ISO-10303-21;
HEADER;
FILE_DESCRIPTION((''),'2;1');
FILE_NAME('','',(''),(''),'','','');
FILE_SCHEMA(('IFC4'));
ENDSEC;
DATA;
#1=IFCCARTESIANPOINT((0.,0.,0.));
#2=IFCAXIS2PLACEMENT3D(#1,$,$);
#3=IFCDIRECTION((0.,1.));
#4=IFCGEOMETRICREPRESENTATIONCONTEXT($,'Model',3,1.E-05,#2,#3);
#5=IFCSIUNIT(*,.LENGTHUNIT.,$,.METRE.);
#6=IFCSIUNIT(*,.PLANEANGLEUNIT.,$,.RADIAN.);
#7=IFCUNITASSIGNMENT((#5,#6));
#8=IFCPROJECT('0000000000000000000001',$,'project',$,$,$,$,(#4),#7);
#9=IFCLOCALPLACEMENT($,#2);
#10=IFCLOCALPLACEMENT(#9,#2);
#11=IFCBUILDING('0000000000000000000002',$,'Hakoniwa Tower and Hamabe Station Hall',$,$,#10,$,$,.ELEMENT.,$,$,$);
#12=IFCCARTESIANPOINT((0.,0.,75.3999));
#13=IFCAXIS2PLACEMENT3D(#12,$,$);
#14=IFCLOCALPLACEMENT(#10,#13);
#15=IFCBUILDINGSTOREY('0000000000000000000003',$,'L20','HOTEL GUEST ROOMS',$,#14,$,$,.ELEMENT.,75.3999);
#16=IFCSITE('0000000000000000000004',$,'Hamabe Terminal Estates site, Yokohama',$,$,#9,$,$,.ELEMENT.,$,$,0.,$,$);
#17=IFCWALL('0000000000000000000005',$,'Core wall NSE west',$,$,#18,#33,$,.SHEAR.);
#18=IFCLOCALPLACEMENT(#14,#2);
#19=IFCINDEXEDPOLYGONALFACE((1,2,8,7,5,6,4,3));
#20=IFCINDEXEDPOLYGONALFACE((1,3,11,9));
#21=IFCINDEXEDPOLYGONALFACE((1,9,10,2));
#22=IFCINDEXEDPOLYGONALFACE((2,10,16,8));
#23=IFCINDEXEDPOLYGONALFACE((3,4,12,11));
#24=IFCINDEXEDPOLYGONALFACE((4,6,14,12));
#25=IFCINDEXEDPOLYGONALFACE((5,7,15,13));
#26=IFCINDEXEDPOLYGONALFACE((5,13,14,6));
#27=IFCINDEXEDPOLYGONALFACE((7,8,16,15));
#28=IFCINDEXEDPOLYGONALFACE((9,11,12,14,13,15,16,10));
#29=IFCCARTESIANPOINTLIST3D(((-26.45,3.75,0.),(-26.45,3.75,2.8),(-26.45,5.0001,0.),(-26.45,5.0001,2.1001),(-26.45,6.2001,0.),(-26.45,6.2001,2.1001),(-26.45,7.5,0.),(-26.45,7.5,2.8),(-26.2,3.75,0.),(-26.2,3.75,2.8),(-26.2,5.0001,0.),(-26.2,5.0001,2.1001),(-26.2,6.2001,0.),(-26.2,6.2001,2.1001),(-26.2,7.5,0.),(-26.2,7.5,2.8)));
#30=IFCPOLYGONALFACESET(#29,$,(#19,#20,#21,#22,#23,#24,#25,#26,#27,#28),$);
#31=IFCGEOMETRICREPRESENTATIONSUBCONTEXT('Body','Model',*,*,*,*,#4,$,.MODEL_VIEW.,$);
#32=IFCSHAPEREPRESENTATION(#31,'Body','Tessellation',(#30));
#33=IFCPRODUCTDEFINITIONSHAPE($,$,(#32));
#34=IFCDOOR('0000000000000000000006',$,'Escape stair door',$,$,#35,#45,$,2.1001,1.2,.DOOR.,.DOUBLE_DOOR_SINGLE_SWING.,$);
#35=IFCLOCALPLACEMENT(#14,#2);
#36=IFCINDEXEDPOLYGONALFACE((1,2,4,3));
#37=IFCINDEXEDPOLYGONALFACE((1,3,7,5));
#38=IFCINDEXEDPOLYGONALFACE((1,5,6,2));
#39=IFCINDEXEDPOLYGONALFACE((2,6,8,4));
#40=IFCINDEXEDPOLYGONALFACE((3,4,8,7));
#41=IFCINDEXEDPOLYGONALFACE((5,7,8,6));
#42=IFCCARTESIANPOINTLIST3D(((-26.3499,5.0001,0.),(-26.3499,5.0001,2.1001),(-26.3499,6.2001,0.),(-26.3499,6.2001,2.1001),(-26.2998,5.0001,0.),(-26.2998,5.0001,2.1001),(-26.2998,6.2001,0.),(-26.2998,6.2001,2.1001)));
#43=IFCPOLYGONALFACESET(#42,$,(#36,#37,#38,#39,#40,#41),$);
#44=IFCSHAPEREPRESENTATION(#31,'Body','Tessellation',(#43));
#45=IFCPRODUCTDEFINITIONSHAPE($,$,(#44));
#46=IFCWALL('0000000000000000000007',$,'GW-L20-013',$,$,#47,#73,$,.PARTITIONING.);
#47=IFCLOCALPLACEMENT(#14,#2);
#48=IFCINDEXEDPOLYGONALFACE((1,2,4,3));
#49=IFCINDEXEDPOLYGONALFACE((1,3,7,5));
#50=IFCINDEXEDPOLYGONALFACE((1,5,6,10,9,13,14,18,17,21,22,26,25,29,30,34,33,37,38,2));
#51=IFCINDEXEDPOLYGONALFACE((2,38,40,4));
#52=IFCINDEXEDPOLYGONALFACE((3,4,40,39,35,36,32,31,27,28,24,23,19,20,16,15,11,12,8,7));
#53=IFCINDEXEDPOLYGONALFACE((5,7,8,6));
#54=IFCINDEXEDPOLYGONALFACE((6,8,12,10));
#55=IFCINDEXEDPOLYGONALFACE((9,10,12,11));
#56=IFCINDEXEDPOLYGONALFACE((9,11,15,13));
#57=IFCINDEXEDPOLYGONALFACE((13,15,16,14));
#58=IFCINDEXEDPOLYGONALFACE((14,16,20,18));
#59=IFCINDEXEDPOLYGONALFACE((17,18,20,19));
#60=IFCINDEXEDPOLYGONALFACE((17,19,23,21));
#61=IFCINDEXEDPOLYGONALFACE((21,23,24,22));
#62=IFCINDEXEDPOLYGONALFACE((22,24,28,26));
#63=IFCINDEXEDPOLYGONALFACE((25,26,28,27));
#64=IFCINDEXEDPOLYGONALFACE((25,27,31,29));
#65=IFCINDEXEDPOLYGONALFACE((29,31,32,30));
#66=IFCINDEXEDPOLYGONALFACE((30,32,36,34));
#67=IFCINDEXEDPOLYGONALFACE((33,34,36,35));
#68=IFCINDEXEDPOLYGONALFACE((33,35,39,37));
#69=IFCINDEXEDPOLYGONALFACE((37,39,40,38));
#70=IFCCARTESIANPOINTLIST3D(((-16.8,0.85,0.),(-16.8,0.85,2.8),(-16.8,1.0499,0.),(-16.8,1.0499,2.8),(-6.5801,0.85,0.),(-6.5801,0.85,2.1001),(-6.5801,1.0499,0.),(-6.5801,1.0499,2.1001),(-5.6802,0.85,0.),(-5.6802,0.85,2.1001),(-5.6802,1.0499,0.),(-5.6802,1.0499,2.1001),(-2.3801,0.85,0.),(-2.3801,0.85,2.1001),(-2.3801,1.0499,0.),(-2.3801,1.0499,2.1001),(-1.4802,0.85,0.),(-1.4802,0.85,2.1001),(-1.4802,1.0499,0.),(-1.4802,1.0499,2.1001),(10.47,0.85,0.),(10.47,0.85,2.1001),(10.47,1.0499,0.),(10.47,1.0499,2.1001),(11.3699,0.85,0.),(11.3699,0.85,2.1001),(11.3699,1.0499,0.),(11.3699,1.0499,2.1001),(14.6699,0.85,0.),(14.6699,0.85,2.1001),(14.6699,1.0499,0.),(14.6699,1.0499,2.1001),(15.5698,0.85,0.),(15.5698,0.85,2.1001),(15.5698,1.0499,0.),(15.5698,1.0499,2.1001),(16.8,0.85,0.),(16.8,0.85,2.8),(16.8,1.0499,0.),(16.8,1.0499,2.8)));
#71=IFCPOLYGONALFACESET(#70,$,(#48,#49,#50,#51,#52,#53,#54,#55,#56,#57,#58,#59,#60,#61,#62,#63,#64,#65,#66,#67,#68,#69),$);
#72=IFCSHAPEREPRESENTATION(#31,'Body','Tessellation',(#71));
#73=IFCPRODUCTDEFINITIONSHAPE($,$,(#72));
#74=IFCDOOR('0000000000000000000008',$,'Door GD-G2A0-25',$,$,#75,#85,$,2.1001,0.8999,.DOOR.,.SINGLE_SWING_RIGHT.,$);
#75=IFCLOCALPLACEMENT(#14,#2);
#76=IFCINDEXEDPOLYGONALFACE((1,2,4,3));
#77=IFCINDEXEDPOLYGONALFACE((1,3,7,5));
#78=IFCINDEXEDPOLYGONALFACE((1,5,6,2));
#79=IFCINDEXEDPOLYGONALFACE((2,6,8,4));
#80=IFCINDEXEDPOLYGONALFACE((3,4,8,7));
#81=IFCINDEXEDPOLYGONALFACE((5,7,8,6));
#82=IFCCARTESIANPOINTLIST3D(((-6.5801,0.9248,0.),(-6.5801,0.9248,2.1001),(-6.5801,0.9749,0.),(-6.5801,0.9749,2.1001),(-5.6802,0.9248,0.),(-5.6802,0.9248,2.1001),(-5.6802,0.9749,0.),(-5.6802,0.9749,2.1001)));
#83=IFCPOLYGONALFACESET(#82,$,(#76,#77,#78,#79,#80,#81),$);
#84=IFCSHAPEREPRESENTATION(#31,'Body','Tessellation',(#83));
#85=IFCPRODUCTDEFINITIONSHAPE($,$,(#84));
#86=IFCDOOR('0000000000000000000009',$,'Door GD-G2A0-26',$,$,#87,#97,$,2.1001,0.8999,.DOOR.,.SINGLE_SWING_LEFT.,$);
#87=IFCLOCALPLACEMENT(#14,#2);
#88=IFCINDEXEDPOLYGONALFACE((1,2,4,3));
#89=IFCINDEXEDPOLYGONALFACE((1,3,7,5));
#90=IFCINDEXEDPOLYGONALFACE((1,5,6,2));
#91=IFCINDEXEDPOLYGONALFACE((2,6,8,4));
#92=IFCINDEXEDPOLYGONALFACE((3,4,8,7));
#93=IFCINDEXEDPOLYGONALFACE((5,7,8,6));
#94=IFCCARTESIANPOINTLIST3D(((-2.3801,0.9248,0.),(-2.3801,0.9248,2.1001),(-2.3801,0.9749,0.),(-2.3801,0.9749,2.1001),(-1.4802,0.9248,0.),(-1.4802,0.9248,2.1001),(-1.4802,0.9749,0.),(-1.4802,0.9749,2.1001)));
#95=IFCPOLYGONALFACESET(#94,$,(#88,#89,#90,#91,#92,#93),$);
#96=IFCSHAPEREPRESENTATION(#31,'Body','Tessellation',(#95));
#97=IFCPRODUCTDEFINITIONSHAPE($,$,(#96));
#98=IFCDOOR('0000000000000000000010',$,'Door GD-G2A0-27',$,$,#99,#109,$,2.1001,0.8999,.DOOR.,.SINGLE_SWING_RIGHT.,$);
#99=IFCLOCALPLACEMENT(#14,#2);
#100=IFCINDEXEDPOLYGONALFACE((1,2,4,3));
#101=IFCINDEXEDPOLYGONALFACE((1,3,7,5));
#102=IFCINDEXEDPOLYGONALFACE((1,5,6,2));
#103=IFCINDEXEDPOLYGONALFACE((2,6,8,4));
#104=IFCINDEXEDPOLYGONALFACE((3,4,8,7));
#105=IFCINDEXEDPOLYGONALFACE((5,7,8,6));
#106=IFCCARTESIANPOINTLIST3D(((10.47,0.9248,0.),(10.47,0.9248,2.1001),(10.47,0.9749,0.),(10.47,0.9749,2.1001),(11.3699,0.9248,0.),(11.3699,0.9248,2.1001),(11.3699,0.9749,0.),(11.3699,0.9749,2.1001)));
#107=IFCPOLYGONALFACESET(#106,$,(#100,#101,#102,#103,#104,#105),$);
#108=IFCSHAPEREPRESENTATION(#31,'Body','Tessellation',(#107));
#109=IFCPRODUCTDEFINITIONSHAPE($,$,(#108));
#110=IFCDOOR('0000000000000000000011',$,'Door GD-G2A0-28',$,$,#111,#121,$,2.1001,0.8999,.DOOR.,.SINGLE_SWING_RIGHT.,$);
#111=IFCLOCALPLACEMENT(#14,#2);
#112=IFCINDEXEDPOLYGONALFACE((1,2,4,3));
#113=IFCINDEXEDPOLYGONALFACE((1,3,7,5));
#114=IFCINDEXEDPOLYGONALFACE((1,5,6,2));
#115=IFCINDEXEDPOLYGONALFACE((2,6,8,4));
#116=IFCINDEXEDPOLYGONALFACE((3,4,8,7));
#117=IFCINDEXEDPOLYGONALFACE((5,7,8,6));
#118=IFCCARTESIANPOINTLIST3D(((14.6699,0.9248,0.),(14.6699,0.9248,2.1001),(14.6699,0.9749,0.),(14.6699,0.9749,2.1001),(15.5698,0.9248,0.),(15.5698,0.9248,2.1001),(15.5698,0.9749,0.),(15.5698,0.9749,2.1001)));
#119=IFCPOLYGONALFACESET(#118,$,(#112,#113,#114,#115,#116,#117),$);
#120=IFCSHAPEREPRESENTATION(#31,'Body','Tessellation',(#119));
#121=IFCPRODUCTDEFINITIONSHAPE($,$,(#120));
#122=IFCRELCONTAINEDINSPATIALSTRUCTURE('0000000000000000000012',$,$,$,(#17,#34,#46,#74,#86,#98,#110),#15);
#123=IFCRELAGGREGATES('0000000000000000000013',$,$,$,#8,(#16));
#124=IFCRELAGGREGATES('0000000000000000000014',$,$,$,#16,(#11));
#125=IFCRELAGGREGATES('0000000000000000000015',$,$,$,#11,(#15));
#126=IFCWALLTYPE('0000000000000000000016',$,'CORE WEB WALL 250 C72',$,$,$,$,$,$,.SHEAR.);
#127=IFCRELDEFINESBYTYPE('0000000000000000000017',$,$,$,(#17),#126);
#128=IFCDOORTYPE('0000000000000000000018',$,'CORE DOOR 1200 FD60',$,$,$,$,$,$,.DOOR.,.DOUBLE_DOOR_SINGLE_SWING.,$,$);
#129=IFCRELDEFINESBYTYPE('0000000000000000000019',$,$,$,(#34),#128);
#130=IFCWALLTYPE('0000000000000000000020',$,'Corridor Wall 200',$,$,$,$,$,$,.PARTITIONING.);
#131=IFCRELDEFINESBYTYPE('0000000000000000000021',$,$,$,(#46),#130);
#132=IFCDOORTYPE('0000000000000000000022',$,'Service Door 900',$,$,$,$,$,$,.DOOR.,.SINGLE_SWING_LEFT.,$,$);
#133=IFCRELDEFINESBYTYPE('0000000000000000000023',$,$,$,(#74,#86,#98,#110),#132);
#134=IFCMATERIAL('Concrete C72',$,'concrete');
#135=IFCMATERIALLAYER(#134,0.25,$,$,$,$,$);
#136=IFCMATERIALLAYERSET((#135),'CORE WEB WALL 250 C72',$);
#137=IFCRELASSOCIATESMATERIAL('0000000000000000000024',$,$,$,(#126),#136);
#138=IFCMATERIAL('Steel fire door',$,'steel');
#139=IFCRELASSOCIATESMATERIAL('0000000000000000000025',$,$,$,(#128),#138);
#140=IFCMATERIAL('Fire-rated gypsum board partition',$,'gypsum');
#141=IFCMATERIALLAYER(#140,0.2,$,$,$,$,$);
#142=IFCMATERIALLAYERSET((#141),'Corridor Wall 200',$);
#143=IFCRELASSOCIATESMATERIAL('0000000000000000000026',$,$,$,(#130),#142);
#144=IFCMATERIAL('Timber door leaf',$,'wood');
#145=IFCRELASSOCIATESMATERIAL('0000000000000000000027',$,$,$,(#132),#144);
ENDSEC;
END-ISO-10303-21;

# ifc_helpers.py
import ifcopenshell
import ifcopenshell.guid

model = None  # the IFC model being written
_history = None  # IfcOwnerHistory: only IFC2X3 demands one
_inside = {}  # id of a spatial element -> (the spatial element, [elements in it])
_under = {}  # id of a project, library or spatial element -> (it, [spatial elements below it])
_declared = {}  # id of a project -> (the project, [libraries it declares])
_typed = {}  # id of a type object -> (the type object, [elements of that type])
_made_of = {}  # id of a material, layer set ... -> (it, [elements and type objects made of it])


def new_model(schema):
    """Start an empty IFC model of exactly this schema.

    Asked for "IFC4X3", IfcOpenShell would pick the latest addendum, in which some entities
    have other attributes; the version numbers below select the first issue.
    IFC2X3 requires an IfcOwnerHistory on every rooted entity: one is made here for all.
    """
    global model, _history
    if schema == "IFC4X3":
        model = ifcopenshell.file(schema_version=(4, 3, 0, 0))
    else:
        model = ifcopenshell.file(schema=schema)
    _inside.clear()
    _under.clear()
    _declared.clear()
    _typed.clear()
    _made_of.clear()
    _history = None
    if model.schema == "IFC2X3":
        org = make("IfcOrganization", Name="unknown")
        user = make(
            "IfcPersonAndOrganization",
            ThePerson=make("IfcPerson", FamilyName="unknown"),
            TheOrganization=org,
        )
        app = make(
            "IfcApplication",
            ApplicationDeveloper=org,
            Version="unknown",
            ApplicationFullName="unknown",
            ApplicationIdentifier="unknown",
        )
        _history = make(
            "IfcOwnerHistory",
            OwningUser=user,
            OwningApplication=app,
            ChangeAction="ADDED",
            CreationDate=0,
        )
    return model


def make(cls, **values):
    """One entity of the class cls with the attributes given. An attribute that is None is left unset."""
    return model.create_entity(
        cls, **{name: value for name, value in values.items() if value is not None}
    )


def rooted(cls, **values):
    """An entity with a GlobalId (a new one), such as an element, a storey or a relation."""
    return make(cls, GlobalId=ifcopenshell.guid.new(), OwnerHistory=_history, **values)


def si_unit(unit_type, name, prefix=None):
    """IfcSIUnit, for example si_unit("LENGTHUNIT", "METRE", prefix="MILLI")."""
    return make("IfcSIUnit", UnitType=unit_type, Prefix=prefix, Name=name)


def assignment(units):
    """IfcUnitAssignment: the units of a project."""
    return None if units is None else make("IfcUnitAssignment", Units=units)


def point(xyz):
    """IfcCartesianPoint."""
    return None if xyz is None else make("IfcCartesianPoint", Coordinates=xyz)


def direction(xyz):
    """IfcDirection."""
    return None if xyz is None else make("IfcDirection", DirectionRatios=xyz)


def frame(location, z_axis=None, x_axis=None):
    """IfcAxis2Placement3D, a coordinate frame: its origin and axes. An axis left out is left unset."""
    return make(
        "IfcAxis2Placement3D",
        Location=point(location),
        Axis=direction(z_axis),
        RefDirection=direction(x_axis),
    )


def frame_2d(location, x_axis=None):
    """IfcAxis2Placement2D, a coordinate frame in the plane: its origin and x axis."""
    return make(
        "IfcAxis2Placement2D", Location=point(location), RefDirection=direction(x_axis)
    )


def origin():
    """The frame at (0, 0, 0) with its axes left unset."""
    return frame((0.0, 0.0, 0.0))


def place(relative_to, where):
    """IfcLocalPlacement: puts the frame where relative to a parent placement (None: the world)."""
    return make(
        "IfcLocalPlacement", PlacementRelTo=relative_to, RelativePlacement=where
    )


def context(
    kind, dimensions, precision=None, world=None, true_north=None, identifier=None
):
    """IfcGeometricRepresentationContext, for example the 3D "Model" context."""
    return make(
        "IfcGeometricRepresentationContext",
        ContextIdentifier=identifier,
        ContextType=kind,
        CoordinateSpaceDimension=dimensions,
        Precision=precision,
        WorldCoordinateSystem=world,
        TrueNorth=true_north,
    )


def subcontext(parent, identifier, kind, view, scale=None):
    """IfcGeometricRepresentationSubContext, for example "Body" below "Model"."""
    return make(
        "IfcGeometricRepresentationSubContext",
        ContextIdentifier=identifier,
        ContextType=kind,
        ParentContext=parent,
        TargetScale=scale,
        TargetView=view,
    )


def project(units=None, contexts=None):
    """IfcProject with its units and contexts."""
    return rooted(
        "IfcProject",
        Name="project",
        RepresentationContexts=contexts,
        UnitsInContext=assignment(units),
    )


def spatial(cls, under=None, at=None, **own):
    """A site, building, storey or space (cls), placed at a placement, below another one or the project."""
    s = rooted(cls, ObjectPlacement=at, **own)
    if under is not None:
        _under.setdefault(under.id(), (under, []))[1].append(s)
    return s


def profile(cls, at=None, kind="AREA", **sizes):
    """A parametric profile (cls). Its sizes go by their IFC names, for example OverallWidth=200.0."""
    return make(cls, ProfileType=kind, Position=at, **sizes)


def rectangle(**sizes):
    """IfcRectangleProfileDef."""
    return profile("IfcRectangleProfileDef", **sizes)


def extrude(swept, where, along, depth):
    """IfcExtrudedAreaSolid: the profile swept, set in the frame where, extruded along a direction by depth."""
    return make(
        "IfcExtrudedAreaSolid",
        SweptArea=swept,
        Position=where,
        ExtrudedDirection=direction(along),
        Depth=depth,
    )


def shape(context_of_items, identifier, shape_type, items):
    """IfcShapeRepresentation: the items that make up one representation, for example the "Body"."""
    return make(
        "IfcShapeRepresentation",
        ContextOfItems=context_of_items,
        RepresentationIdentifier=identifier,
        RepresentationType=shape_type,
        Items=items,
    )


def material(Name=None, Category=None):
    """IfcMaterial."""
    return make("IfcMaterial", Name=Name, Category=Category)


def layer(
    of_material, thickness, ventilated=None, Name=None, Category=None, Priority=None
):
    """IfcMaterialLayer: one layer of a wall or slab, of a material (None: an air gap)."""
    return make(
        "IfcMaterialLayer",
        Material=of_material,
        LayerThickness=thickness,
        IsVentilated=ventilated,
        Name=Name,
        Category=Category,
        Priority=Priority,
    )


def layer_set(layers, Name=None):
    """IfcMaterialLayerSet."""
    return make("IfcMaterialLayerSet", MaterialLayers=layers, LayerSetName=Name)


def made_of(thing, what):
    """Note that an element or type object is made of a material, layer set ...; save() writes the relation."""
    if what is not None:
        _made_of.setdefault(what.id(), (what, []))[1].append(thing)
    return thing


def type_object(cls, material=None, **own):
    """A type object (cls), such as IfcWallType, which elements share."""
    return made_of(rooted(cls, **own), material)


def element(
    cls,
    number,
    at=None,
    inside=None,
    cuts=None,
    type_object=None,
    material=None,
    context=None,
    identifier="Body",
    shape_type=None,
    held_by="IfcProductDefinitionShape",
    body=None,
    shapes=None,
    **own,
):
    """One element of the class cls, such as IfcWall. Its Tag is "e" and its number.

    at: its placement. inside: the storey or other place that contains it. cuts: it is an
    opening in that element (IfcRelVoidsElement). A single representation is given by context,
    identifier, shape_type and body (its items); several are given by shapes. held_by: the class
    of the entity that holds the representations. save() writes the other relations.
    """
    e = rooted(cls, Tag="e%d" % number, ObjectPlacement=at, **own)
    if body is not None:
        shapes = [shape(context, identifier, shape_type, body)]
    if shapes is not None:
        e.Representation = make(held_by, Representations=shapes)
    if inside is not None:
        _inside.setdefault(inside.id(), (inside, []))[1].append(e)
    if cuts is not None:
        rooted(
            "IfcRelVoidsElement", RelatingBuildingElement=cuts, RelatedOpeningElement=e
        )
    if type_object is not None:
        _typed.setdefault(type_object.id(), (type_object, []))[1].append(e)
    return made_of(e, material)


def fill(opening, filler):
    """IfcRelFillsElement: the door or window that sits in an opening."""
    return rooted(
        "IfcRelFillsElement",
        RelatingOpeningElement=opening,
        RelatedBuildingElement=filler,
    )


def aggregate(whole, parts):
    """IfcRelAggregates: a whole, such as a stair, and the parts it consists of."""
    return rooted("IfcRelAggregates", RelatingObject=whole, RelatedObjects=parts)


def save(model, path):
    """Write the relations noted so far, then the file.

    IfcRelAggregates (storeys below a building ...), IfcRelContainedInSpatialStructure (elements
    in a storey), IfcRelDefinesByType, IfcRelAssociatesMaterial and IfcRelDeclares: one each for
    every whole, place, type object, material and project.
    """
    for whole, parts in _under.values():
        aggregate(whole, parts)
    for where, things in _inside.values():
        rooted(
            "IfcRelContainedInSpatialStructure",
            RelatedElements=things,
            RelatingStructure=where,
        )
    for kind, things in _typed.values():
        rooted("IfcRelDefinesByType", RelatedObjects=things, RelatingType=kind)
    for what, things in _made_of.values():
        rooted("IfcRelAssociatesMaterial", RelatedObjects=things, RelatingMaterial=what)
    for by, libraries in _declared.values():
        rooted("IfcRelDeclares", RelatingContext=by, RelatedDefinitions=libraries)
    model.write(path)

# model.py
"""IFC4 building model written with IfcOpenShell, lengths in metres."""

from ifc_helpers import new_model, si_unit, direction, frame, frame_2d, origin, place, context, subcontext, project, spatial, rectangle, extrude, material, layer, layer_set, type_object, element, fill, save


model = new_model("IFC4")

# Units and contexts
model_context = context("Model", 3, precision=1e-05, world=origin(), true_north=direction((0.0, 1.0)))
body_context = subcontext(model_context, "Body", "Model", "MODEL_VIEW")
ifc_project = project(units=[si_unit("LENGTHUNIT", "METRE"), si_unit("PLANEANGLEUNIT", "RADIAN")], contexts=[model_context])

# Site, building, storey
site_placement = place(None, origin())
site = spatial("IfcSite", under=ifc_project, at=site_placement, Name="Hamabe Terminal Estates site, Yokohama", CompositionType="ELEMENT", RefElevation=0.0)
building_placement = place(site_placement, origin())
building = spatial("IfcBuilding", under=site, at=building_placement, Name="Hakoniwa Tower and Hamabe Station Hall", CompositionType="ELEMENT")
storey_placement = place(building_placement, frame((0.0, 0.0, 75.3999)))
storey = spatial("IfcBuildingStorey", under=building, at=storey_placement, Name="L20", Description="HOTEL GUEST ROOMS", CompositionType="ELEMENT", Elevation=75.3999)

# Shared definitions
ifc_material_1 = material(Name="Concrete C72", Category="concrete")
ifc_layer_1 = layer(ifc_material_1, 0.25)
ifc_layer_set_1 = layer_set([ifc_layer_1], Name="CORE WEB WALL 250 C72")
wall_type_1 = type_object("IfcWallType", Name="CORE WEB WALL 250 C72", PredefinedType="SHEAR", material=ifc_layer_set_1)

# Wall, opening, door
wall_1_placement = place(storey_placement, frame((-26.325, 3.75, 0.0), z_axis=(0.0, 0.0, 1.0), x_axis=(0.0, 1.0, 0.0)))
wall_1 = element("IfcWall", 1, at=wall_1_placement, inside=storey, type_object=wall_type_1, Name="Core wall NSE west", PredefinedType="SHEAR", context=body_context, shape_type="SweptSolid", body=[
    extrude(rectangle(XDim=3.75, YDim=0.25, at=frame_2d((1.875, 0.0))), origin(), (0.0, 0.0, 1.0), 2.8),
])
opening_1_placement = place(wall_1_placement, frame((1.25, 0.0, 0.0)))
opening_1 = element("IfcOpeningElement", 2, at=opening_1_placement, cuts=wall_1, PredefinedType="OPENING", context=body_context, shape_type="SweptSolid", body=[
    extrude(rectangle(XDim=1.2, YDim=2.1001, at=frame_2d((0.6001, 1.05))), frame((0.0, 0.135, 0.0), z_axis=(0.0, -1.0, 0.0), x_axis=(1.0, 0.0, 0.0)), (0.0, 0.0, 1.0), 0.27),
])
ifc_material_2 = material(Name="Steel fire door", Category="steel")
door_type_1 = type_object("IfcDoorType", Name="CORE DOOR 1200 FD60", OperationType="DOUBLE_DOOR_SINGLE_SWING", PredefinedType="DOOR", material=ifc_material_2)
door_1_placement = place(opening_1_placement, origin())
door_1 = element("IfcDoor", 3, at=door_1_placement, inside=storey, type_object=door_type_1, Name="Escape stair door", OperationType="DOUBLE_DOOR_SINGLE_SWING", OverallHeight=2.1001, OverallWidth=1.2, PredefinedType="DOOR", context=body_context, shape_type="SweptSolid", body=[
    extrude(rectangle(XDim=1.2, YDim=2.1001, at=frame_2d((0.6001, 1.05))), frame((0.0, 0.0249, 0.0), z_axis=(0.0, -1.0, 0.0), x_axis=(1.0, 0.0, 0.0)), (0.0, 0.0, 1.0), 0.05),
])
fill(opening_1, door_1)

# Wall, openings, doors
ifc_material_3 = material(Name="Fire-rated gypsum board partition", Category="gypsum")
ifc_layer_2 = layer(ifc_material_3, 0.2)
ifc_layer_set_2 = layer_set([ifc_layer_2], Name="Corridor Wall 200")
wall_type_2 = type_object("IfcWallType", Name="Corridor Wall 200", PredefinedType="PARTITIONING", material=ifc_layer_set_2)
wall_2_placement = place(storey_placement, frame((-16.8, 0.95, 0.0), z_axis=(0.0, 0.0, 1.0), x_axis=(1.0, 0.0, 0.0)))
wall_2 = element("IfcWall", 4, at=wall_2_placement, inside=storey, type_object=wall_type_2, Name="GW-L20-013", PredefinedType="PARTITIONING", context=body_context, shape_type="SweptSolid", body=[
    extrude(rectangle(XDim=33.6001, YDim=0.2, at=frame_2d((16.8, 0.0))), origin(), (0.0, 0.0, 1.0), 2.8),
])
opening_2_placement = place(wall_2_placement, frame((10.22, 0.0, 0.0)))
opening_2 = element("IfcOpeningElement", 5, at=opening_2_placement, cuts=wall_2, PredefinedType="OPENING", context=body_context, shape_type="SweptSolid", body=[
    extrude(rectangle(XDim=0.8999, YDim=2.1001, at=frame_2d((0.45, 1.05))), frame((0.0, 0.1099, 0.0), z_axis=(0.0, -1.0, 0.0), x_axis=(1.0, 0.0, 0.0)), (0.0, 0.0, 1.0), 0.22),
])
opening_3_placement = place(wall_2_placement, frame((14.4199, 0.0, 0.0)))
opening_3 = element("IfcOpeningElement", 6, at=opening_3_placement, cuts=wall_2, PredefinedType="OPENING", context=body_context, shape_type="SweptSolid", body=[
    extrude(rectangle(XDim=0.8999, YDim=2.1001, at=frame_2d((0.45, 1.05))), frame((0.0, 0.1099, 0.0), z_axis=(0.0, -1.0, 0.0), x_axis=(1.0, 0.0, 0.0)), (0.0, 0.0, 1.0), 0.22),
])
opening_4_placement = place(wall_2_placement, frame((27.27, 0.0, 0.0)))
opening_4 = element("IfcOpeningElement", 7, at=opening_4_placement, cuts=wall_2, PredefinedType="OPENING", context=body_context, shape_type="SweptSolid", body=[
    extrude(rectangle(XDim=0.8999, YDim=2.1001, at=frame_2d((0.45, 1.05))), frame((0.0, 0.1099, 0.0), z_axis=(0.0, -1.0, 0.0), x_axis=(1.0, 0.0, 0.0)), (0.0, 0.0, 1.0), 0.22),
])
opening_5_placement = place(wall_2_placement, frame((31.47, 0.0, 0.0)))
opening_5 = element("IfcOpeningElement", 8, at=opening_5_placement, cuts=wall_2, PredefinedType="OPENING", context=body_context, shape_type="SweptSolid", body=[
    extrude(rectangle(XDim=0.8999, YDim=2.1001, at=frame_2d((0.45, 1.05))), frame((0.0, 0.1099, 0.0), z_axis=(0.0, -1.0, 0.0), x_axis=(1.0, 0.0, 0.0)), (0.0, 0.0, 1.0), 0.22),
])
ifc_material_4 = material(Name="Timber door leaf", Category="wood")
door_type_2 = type_object("IfcDoorType", Name="Service Door 900", OperationType="SINGLE_SWING_LEFT", PredefinedType="DOOR", material=ifc_material_4)
door_2_placement = place(opening_2_placement, origin())
door_2 = element("IfcDoor", 9, at=door_2_placement, inside=storey, type_object=door_type_2, Name="Door GD-G2A0-25", OperationType="SINGLE_SWING_RIGHT", OverallHeight=2.1001, OverallWidth=0.8999, PredefinedType="DOOR", context=body_context, shape_type="SweptSolid", body=[
    extrude(rectangle(XDim=0.8999, YDim=2.1001, at=frame_2d((0.45, 1.05))), frame((0.0, 0.0249, 0.0), z_axis=(0.0, -1.0, 0.0), x_axis=(1.0, 0.0, 0.0)), (0.0, 0.0, 1.0), 0.05),
])
fill(opening_2, door_2)
door_3_placement = place(opening_3_placement, origin())
door_3 = element("IfcDoor", 10, at=door_3_placement, inside=storey, type_object=door_type_2, Name="Door GD-G2A0-26", OperationType="SINGLE_SWING_LEFT", OverallHeight=2.1001, OverallWidth=0.8999, PredefinedType="DOOR", context=body_context, shape_type="SweptSolid", body=[
    extrude(rectangle(XDim=0.8999, YDim=2.1001, at=frame_2d((0.45, 1.05))), frame((0.0, 0.0249, 0.0), z_axis=(0.0, -1.0, 0.0), x_axis=(1.0, 0.0, 0.0)), (0.0, 0.0, 1.0), 0.05),
])
fill(opening_3, door_3)
door_4_placement = place(opening_4_placement, origin())
door_4 = element("IfcDoor", 11, at=door_4_placement, inside=storey, type_object=door_type_2, Name="Door GD-G2A0-27", OperationType="SINGLE_SWING_RIGHT", OverallHeight=2.1001, OverallWidth=0.8999, PredefinedType="DOOR", context=body_context, shape_type="SweptSolid", body=[
    extrude(rectangle(XDim=0.8999, YDim=2.1001, at=frame_2d((0.45, 1.05))), frame((0.0, 0.0249, 0.0), z_axis=(0.0, -1.0, 0.0), x_axis=(1.0, 0.0, 0.0)), (0.0, 0.0, 1.0), 0.05),
])
fill(opening_4, door_4)
door_5_placement = place(opening_5_placement, origin())
door_5 = element("IfcDoor", 12, at=door_5_placement, inside=storey, type_object=door_type_2, Name="Door GD-G2A0-28", OperationType="SINGLE_SWING_RIGHT", OverallHeight=2.1001, OverallWidth=0.8999, PredefinedType="DOOR", context=body_context, shape_type="SweptSolid", body=[
    extrude(rectangle(XDim=0.8999, YDim=2.1001, at=frame_2d((0.45, 1.05))), frame((0.0, 0.0249, 0.0), z_axis=(0.0, -1.0, 0.0), x_axis=(1.0, 0.0, 0.0)), (0.0, 0.0, 1.0), 0.05),
])
fill(opening_5, door_5)

save(model, "model.ifc")
